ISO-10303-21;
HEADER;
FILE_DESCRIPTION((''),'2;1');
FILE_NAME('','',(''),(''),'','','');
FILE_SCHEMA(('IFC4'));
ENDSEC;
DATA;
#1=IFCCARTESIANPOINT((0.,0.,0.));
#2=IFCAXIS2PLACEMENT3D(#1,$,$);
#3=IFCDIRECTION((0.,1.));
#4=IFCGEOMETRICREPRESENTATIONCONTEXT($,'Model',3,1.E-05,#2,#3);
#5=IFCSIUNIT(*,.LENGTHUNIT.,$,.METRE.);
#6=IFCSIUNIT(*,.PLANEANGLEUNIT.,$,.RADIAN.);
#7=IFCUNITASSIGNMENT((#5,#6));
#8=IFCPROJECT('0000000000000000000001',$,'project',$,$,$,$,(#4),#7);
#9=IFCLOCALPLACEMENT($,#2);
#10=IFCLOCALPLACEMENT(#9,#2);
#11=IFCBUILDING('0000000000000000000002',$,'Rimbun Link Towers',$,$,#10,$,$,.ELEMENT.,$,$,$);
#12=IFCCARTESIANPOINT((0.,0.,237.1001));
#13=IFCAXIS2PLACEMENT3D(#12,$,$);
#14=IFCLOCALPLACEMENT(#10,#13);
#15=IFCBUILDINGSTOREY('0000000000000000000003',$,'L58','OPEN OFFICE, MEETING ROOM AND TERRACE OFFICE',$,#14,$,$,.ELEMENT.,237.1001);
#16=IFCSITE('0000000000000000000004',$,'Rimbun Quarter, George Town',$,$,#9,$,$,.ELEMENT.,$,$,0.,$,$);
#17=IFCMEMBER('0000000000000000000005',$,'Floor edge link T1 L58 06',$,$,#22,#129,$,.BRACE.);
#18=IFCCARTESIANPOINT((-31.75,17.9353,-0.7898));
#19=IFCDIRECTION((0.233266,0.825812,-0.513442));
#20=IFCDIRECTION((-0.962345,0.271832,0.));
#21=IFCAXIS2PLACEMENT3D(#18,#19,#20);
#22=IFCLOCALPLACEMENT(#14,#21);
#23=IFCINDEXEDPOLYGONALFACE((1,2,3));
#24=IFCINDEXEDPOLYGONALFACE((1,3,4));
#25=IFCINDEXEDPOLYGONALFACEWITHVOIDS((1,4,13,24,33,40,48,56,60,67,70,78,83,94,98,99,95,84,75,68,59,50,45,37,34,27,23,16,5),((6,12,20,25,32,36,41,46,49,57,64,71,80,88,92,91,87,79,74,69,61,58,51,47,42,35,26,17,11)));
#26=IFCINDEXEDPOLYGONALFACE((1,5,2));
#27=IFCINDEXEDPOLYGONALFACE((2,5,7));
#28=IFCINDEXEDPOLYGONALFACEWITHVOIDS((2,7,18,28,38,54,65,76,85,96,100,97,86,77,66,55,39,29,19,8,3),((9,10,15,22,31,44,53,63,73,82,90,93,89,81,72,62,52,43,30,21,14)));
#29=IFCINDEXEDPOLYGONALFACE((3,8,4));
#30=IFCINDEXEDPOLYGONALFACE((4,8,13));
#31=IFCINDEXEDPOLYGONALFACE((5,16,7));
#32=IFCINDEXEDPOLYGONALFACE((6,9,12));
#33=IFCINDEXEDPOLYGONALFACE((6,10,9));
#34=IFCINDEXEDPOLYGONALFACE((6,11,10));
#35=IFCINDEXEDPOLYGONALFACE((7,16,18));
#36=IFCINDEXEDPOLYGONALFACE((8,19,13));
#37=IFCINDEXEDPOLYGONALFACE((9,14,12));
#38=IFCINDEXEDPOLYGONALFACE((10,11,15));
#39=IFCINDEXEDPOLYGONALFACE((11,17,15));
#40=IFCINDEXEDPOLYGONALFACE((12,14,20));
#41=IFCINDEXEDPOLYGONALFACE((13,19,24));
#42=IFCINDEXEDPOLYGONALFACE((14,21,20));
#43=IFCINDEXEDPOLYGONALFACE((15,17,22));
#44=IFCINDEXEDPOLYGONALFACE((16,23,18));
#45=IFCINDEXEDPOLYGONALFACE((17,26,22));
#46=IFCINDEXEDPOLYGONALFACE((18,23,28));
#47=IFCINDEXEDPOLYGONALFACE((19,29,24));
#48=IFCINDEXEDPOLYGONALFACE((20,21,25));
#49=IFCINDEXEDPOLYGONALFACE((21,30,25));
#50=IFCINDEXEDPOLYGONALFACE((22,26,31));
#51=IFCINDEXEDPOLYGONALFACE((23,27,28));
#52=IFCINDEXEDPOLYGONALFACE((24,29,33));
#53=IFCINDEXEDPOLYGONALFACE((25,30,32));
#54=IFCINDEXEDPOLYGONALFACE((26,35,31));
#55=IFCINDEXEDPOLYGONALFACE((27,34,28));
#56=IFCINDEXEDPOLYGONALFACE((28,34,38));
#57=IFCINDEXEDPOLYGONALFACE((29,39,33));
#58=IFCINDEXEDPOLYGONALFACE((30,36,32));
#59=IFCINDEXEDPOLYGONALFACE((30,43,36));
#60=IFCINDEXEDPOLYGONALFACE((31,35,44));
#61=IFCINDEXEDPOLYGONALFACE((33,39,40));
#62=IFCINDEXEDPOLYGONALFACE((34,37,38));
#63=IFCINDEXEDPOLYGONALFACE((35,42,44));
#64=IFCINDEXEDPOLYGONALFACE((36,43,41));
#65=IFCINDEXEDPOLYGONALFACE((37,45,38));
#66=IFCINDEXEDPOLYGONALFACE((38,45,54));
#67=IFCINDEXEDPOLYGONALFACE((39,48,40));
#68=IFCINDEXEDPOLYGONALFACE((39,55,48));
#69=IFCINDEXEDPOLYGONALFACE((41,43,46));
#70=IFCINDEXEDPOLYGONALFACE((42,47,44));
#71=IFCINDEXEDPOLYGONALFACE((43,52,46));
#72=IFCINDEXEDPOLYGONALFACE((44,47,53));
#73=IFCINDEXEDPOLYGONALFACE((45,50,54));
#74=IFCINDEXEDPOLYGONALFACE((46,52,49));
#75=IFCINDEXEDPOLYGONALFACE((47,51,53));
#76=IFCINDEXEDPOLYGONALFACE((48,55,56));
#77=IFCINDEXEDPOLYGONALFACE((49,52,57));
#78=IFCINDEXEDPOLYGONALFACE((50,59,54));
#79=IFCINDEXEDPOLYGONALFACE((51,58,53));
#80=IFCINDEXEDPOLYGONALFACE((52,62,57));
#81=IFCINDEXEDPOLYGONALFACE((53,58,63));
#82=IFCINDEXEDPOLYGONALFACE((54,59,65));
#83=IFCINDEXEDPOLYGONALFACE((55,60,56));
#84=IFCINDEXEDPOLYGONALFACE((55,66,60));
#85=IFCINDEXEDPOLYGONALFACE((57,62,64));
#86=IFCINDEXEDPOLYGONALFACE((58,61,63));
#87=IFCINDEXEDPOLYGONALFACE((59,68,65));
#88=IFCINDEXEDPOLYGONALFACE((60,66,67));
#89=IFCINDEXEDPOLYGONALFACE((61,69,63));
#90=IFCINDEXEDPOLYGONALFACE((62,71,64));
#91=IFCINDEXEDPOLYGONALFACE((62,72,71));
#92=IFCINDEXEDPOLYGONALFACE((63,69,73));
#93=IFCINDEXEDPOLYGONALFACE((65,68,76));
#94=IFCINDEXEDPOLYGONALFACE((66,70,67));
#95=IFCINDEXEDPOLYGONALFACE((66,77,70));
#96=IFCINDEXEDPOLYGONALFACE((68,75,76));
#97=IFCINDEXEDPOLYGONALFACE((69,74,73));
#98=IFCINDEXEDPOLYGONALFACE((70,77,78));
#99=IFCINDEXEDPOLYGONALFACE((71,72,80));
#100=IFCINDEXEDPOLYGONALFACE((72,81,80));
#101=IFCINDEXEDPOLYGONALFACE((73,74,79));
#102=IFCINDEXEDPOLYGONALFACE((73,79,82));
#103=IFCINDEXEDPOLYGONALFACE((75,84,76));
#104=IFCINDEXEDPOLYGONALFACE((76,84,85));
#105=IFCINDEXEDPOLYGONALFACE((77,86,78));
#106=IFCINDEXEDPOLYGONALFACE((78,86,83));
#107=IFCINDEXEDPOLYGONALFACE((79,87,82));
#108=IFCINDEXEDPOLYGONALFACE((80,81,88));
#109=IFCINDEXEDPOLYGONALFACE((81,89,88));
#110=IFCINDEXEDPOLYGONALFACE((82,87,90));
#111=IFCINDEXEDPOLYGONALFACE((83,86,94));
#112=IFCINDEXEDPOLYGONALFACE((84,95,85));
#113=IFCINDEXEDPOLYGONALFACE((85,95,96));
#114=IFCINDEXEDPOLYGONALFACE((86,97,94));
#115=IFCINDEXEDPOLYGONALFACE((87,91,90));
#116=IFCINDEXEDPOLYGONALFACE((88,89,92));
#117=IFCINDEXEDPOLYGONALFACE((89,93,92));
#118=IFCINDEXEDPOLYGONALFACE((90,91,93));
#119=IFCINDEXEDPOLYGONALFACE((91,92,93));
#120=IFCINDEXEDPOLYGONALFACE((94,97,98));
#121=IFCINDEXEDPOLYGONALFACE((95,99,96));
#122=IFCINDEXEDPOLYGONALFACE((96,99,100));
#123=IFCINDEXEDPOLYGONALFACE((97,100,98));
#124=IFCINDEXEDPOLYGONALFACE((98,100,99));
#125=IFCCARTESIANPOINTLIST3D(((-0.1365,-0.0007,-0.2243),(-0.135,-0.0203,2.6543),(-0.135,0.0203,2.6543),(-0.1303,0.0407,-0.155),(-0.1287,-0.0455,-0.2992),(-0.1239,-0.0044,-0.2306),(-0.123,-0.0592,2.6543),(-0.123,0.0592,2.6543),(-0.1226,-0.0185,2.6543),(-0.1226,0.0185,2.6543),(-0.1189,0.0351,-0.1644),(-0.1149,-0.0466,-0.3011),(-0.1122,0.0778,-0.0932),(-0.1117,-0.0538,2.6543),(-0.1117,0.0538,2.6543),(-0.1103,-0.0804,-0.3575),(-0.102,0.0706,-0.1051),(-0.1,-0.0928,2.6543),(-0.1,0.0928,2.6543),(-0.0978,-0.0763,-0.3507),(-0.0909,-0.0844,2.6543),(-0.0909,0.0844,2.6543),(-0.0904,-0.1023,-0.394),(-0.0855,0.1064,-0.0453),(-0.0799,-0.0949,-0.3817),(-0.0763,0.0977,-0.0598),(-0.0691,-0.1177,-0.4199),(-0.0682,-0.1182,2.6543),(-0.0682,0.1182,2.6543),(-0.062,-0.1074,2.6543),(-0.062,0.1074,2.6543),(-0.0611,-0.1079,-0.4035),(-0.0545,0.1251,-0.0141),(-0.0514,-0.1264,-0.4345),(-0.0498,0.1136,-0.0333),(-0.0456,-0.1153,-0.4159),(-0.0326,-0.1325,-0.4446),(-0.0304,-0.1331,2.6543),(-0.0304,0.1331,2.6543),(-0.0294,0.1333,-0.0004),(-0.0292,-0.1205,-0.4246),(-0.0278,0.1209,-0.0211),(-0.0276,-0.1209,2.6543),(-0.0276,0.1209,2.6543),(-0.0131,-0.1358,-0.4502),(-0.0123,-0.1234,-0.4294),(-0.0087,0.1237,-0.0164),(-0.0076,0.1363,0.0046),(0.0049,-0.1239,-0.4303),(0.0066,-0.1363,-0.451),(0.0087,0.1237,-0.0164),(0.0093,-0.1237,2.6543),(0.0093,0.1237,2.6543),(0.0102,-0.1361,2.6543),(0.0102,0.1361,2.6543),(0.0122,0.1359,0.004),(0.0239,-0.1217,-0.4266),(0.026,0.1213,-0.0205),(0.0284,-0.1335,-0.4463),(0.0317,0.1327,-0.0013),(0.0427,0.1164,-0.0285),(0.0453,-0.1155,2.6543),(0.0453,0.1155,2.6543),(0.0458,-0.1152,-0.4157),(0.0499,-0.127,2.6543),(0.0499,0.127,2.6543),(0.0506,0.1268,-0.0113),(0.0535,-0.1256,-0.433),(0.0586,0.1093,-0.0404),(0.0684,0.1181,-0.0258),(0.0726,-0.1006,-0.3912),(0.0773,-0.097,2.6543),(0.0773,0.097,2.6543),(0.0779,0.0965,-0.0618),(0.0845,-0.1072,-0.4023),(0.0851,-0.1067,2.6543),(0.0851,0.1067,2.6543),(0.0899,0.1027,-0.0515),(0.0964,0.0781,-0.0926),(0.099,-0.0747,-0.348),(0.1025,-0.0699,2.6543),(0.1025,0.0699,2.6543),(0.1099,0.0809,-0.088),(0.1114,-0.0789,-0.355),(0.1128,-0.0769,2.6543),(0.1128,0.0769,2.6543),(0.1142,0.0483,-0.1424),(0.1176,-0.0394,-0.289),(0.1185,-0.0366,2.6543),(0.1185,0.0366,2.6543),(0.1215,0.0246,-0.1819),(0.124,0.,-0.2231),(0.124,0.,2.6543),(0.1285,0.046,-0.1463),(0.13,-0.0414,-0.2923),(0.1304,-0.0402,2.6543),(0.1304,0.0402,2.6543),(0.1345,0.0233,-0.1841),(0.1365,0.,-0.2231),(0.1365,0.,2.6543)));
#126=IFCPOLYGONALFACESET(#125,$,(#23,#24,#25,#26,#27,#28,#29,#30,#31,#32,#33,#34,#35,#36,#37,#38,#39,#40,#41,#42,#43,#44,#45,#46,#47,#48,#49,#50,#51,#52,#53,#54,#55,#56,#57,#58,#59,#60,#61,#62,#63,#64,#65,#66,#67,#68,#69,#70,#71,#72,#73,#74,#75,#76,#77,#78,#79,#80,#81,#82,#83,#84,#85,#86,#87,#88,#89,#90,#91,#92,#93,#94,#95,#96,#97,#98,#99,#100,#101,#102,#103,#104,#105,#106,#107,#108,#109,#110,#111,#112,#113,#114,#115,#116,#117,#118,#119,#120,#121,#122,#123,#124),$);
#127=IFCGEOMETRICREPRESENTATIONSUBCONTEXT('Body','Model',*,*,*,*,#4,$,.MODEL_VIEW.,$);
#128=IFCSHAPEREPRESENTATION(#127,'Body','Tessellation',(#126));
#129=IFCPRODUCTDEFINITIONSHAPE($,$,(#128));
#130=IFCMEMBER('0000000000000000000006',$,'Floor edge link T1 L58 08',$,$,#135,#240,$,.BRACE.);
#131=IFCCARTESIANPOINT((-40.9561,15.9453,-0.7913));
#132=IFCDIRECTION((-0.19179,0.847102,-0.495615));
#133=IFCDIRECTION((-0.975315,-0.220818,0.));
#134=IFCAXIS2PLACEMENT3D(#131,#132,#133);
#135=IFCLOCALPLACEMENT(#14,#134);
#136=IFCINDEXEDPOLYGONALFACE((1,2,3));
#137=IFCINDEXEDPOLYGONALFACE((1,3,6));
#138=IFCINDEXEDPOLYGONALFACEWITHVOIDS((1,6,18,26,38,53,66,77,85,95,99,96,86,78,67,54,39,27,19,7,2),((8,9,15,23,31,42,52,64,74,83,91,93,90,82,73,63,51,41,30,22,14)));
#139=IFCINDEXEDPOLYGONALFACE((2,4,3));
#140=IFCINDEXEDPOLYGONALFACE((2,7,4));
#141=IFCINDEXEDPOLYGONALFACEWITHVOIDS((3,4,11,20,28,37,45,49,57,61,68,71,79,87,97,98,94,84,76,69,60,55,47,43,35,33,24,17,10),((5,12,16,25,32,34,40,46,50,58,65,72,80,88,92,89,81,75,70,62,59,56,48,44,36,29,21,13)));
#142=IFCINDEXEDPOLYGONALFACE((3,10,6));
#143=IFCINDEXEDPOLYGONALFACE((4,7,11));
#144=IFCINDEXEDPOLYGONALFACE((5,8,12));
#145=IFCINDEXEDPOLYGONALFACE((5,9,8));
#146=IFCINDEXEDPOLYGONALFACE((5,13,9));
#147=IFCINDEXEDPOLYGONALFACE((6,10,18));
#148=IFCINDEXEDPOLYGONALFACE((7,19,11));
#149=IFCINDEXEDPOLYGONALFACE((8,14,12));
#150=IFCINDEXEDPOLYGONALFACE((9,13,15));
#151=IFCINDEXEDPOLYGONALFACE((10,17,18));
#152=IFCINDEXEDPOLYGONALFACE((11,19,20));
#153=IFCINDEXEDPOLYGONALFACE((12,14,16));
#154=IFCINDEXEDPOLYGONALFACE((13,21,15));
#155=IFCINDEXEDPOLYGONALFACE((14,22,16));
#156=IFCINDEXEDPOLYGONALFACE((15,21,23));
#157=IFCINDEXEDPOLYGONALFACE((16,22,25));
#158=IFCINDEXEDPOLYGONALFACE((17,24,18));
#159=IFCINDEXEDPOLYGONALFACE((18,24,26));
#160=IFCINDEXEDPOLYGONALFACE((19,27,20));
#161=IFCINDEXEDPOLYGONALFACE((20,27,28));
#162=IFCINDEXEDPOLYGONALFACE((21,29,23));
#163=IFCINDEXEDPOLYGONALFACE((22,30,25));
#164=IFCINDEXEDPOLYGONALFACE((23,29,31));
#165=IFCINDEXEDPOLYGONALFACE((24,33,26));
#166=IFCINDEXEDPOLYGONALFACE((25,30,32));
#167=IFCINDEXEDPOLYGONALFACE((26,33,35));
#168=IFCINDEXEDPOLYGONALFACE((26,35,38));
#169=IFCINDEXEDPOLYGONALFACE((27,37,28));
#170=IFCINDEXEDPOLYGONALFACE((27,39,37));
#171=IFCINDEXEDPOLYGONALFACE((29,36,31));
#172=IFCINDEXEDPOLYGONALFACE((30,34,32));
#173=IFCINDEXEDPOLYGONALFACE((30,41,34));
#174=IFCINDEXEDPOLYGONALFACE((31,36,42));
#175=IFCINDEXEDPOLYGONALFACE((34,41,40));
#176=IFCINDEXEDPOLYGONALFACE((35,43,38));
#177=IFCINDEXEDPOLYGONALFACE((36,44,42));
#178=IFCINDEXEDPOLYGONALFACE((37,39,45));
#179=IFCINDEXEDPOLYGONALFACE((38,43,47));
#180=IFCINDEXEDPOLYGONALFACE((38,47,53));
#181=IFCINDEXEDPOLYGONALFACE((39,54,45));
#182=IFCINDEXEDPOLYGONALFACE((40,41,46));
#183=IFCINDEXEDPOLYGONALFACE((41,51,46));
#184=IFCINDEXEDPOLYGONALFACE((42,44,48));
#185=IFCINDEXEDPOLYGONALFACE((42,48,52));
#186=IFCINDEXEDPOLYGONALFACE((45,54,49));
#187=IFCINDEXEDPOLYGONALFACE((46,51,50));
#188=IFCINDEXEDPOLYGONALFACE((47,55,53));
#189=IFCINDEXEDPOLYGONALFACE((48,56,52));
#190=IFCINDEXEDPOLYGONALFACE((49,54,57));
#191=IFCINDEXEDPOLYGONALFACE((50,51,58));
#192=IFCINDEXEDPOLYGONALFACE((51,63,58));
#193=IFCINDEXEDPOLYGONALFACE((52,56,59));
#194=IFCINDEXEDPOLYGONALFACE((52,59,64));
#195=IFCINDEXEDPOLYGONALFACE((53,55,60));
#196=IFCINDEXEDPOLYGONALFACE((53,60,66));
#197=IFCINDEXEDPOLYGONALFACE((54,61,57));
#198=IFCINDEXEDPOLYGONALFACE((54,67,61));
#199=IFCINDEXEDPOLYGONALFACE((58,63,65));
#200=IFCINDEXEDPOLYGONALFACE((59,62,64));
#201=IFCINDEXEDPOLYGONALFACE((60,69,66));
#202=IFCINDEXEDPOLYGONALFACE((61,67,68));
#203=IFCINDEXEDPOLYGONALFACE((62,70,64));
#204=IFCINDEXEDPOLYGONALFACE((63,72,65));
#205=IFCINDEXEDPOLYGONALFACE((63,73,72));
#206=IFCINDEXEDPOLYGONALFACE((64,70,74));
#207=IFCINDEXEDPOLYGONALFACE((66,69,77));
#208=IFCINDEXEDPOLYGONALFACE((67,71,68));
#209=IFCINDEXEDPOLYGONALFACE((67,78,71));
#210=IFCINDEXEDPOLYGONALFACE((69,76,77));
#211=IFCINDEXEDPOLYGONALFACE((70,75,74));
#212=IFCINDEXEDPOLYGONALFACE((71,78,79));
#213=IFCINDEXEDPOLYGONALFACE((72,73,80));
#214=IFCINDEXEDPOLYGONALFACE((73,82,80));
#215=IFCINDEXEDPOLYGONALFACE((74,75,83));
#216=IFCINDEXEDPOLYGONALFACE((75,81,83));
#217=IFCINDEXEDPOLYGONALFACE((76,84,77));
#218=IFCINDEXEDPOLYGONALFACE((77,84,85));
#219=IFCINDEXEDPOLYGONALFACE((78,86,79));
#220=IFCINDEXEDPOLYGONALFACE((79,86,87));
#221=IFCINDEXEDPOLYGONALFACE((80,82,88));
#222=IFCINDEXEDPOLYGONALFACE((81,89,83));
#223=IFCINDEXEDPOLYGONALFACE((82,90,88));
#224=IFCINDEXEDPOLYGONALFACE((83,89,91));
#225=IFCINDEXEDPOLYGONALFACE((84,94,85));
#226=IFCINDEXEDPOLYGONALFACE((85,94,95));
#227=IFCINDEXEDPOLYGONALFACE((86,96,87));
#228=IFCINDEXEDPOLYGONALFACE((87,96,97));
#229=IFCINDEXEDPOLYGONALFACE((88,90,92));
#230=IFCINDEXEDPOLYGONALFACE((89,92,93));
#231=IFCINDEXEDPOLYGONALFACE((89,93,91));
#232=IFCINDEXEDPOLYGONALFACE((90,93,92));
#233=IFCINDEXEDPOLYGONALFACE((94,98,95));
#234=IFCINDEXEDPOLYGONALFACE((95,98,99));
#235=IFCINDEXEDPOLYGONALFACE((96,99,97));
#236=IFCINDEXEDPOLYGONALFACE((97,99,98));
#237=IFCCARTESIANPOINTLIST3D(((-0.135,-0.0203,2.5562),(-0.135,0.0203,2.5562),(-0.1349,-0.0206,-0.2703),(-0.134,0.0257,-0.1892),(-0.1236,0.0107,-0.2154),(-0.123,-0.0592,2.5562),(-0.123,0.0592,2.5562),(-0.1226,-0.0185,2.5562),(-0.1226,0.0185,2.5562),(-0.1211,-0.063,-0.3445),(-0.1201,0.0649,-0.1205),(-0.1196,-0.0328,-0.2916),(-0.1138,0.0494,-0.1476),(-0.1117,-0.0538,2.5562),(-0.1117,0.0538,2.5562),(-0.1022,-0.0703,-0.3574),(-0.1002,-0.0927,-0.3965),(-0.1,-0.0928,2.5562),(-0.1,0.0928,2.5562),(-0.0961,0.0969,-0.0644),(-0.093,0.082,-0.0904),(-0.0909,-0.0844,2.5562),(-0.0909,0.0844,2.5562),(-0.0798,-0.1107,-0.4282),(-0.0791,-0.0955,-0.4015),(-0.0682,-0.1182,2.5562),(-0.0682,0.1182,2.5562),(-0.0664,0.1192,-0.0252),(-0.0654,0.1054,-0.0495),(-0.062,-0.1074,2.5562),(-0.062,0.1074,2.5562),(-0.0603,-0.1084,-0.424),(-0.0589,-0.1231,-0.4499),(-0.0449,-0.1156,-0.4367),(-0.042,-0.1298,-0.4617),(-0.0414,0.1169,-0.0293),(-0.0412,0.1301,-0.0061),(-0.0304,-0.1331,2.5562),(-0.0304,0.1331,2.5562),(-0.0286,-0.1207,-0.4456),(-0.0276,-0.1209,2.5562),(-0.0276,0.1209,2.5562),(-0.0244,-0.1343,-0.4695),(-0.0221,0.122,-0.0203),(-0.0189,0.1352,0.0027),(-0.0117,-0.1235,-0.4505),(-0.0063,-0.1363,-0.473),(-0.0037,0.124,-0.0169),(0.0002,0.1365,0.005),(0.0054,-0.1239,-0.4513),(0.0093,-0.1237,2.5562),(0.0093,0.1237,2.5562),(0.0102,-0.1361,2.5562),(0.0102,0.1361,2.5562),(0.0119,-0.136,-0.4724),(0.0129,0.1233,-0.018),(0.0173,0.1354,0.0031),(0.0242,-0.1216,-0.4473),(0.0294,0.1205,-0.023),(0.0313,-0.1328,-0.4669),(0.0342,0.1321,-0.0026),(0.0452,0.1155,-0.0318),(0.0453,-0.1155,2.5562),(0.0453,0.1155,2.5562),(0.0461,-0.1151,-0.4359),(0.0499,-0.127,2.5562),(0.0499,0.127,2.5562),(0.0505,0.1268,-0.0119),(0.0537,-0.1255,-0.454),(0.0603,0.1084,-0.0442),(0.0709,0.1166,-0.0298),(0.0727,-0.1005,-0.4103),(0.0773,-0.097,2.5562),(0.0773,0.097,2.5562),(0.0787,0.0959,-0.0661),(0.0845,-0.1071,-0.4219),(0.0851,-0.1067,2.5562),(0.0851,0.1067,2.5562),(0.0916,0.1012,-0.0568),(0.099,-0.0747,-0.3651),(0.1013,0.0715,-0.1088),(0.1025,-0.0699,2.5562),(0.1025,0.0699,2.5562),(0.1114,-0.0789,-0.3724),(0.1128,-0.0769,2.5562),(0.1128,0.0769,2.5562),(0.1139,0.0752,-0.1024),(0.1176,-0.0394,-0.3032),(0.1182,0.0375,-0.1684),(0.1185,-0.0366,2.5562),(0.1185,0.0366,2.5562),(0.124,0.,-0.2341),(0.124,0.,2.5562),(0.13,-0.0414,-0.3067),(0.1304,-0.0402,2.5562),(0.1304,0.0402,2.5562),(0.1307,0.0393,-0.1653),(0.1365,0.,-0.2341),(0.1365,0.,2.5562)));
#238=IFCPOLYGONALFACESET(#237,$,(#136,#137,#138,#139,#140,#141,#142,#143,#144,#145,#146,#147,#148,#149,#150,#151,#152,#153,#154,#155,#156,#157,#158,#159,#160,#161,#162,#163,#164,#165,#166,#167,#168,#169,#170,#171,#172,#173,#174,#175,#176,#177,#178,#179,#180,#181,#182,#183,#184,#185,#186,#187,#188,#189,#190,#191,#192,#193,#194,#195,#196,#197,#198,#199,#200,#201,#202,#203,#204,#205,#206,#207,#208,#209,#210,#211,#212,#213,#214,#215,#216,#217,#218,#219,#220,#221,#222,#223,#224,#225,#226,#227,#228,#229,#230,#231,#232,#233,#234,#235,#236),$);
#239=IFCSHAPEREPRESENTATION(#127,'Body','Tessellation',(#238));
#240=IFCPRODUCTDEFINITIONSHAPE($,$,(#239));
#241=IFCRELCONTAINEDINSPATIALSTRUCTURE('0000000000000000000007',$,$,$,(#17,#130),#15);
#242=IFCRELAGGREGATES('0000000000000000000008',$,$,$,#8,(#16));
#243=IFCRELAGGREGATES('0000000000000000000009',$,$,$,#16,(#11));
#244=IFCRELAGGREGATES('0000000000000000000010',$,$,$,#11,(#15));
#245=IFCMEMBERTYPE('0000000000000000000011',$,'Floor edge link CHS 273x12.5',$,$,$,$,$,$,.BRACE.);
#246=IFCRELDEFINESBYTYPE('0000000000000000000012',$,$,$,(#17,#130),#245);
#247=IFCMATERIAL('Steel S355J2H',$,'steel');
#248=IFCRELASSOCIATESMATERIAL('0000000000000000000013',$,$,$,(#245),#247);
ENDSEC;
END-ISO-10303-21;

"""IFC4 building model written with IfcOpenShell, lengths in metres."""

from ifc_helpers import new_model, si_unit, direction, frame, origin, origin_2d, place, context, subcontext, project, spatial, hollow_circle, extrude, clip, halfspace, material, material_profile, profile_set, type_object, element, save


model = new_model("IFC4")

# Units and contexts
model_context = context("Model", 3, precision=1e-05, world=origin(), true_north=direction((0.0, 1.0)))
body_context = subcontext(model_context, "Body", "Model", "MODEL_VIEW")
ifc_project = project(units=[si_unit("LENGTHUNIT", "METRE"), si_unit("PLANEANGLEUNIT", "RADIAN")], contexts=[model_context])

# Site, building, storey
site_placement = place(None, origin())
site = spatial("IfcSite", under=ifc_project, at=site_placement, Name="Rimbun Quarter, George Town", CompositionType="ELEMENT", RefElevation=0.0)
building_placement = place(site_placement, origin())
building = spatial("IfcBuilding", under=site, at=building_placement, Name="Rimbun Link Towers", CompositionType="ELEMENT")
storey_placement = place(building_placement, frame((0.0, 0.0, 237.1001)))
storey = spatial("IfcBuildingStorey", under=building, at=storey_placement, Name="L58", Description="OPEN OFFICE, MEETING ROOM AND TERRACE OFFICE", CompositionType="ELEMENT", Elevation=237.1001)

# Members
ifc_material_1 = material(Name="Steel S355J2H", Category="steel")
ifc_material_profile_1 = material_profile(ifc_material_1, hollow_circle(Radius=0.1365, WallThickness=0.0125, at=origin_2d()), Name="CHS 273x12.5")
ifc_profile_set_1 = profile_set([ifc_material_profile_1], Name="Steel S355J2H")
member_type_1 = type_object("IfcMemberType", Name="Floor edge link CHS 273x12.5", PredefinedType="BRACE", material=ifc_profile_set_1)
member_1_placement = place(storey_placement, frame((-31.75, 17.9353, -0.7898), z_axis=(0.233266, 0.825812, -0.513442), x_axis=(-0.962345, 0.271832, 0.0)))
element("IfcMember", 1, at=member_1_placement, inside=storey, type_object=member_type_1, Name="Floor edge link T1 L58 06", PredefinedType="BRACE", context=body_context, shape_type="Clipping", body=[
    clip(extrude(hollow_circle(Radius=0.1365, WallThickness=0.0125, at=origin_2d()), frame((0.0, 0.0, -0.4758)), (0.0, 0.0, 1.0), 3.1301), halfspace(frame((0.0, 0.0, -0.2231), z_axis=(0.0, 0.858124, -0.513442)), False)),
])
member_2_placement = place(storey_placement, frame((-40.9561, 15.9453, -0.7913), z_axis=(-0.19179, 0.847102, -0.495615), x_axis=(-0.975315, -0.220818, 0.0)))
element("IfcMember", 2, at=member_2_placement, inside=storey, type_object=member_type_1, Name="Floor edge link T1 L58 08", PredefinedType="BRACE", context=body_context, shape_type="Clipping", body=[
    clip(extrude(hollow_circle(Radius=0.1365, WallThickness=0.0125, at=origin_2d()), frame((0.0, 0.0, -0.4985)), (0.0, 0.0, 1.0), 3.0547), halfspace(frame((0.0, 0.0, -0.2341), z_axis=(0.0, 0.868542, -0.495615)), False)),
])

save(model, "model.ifc")
